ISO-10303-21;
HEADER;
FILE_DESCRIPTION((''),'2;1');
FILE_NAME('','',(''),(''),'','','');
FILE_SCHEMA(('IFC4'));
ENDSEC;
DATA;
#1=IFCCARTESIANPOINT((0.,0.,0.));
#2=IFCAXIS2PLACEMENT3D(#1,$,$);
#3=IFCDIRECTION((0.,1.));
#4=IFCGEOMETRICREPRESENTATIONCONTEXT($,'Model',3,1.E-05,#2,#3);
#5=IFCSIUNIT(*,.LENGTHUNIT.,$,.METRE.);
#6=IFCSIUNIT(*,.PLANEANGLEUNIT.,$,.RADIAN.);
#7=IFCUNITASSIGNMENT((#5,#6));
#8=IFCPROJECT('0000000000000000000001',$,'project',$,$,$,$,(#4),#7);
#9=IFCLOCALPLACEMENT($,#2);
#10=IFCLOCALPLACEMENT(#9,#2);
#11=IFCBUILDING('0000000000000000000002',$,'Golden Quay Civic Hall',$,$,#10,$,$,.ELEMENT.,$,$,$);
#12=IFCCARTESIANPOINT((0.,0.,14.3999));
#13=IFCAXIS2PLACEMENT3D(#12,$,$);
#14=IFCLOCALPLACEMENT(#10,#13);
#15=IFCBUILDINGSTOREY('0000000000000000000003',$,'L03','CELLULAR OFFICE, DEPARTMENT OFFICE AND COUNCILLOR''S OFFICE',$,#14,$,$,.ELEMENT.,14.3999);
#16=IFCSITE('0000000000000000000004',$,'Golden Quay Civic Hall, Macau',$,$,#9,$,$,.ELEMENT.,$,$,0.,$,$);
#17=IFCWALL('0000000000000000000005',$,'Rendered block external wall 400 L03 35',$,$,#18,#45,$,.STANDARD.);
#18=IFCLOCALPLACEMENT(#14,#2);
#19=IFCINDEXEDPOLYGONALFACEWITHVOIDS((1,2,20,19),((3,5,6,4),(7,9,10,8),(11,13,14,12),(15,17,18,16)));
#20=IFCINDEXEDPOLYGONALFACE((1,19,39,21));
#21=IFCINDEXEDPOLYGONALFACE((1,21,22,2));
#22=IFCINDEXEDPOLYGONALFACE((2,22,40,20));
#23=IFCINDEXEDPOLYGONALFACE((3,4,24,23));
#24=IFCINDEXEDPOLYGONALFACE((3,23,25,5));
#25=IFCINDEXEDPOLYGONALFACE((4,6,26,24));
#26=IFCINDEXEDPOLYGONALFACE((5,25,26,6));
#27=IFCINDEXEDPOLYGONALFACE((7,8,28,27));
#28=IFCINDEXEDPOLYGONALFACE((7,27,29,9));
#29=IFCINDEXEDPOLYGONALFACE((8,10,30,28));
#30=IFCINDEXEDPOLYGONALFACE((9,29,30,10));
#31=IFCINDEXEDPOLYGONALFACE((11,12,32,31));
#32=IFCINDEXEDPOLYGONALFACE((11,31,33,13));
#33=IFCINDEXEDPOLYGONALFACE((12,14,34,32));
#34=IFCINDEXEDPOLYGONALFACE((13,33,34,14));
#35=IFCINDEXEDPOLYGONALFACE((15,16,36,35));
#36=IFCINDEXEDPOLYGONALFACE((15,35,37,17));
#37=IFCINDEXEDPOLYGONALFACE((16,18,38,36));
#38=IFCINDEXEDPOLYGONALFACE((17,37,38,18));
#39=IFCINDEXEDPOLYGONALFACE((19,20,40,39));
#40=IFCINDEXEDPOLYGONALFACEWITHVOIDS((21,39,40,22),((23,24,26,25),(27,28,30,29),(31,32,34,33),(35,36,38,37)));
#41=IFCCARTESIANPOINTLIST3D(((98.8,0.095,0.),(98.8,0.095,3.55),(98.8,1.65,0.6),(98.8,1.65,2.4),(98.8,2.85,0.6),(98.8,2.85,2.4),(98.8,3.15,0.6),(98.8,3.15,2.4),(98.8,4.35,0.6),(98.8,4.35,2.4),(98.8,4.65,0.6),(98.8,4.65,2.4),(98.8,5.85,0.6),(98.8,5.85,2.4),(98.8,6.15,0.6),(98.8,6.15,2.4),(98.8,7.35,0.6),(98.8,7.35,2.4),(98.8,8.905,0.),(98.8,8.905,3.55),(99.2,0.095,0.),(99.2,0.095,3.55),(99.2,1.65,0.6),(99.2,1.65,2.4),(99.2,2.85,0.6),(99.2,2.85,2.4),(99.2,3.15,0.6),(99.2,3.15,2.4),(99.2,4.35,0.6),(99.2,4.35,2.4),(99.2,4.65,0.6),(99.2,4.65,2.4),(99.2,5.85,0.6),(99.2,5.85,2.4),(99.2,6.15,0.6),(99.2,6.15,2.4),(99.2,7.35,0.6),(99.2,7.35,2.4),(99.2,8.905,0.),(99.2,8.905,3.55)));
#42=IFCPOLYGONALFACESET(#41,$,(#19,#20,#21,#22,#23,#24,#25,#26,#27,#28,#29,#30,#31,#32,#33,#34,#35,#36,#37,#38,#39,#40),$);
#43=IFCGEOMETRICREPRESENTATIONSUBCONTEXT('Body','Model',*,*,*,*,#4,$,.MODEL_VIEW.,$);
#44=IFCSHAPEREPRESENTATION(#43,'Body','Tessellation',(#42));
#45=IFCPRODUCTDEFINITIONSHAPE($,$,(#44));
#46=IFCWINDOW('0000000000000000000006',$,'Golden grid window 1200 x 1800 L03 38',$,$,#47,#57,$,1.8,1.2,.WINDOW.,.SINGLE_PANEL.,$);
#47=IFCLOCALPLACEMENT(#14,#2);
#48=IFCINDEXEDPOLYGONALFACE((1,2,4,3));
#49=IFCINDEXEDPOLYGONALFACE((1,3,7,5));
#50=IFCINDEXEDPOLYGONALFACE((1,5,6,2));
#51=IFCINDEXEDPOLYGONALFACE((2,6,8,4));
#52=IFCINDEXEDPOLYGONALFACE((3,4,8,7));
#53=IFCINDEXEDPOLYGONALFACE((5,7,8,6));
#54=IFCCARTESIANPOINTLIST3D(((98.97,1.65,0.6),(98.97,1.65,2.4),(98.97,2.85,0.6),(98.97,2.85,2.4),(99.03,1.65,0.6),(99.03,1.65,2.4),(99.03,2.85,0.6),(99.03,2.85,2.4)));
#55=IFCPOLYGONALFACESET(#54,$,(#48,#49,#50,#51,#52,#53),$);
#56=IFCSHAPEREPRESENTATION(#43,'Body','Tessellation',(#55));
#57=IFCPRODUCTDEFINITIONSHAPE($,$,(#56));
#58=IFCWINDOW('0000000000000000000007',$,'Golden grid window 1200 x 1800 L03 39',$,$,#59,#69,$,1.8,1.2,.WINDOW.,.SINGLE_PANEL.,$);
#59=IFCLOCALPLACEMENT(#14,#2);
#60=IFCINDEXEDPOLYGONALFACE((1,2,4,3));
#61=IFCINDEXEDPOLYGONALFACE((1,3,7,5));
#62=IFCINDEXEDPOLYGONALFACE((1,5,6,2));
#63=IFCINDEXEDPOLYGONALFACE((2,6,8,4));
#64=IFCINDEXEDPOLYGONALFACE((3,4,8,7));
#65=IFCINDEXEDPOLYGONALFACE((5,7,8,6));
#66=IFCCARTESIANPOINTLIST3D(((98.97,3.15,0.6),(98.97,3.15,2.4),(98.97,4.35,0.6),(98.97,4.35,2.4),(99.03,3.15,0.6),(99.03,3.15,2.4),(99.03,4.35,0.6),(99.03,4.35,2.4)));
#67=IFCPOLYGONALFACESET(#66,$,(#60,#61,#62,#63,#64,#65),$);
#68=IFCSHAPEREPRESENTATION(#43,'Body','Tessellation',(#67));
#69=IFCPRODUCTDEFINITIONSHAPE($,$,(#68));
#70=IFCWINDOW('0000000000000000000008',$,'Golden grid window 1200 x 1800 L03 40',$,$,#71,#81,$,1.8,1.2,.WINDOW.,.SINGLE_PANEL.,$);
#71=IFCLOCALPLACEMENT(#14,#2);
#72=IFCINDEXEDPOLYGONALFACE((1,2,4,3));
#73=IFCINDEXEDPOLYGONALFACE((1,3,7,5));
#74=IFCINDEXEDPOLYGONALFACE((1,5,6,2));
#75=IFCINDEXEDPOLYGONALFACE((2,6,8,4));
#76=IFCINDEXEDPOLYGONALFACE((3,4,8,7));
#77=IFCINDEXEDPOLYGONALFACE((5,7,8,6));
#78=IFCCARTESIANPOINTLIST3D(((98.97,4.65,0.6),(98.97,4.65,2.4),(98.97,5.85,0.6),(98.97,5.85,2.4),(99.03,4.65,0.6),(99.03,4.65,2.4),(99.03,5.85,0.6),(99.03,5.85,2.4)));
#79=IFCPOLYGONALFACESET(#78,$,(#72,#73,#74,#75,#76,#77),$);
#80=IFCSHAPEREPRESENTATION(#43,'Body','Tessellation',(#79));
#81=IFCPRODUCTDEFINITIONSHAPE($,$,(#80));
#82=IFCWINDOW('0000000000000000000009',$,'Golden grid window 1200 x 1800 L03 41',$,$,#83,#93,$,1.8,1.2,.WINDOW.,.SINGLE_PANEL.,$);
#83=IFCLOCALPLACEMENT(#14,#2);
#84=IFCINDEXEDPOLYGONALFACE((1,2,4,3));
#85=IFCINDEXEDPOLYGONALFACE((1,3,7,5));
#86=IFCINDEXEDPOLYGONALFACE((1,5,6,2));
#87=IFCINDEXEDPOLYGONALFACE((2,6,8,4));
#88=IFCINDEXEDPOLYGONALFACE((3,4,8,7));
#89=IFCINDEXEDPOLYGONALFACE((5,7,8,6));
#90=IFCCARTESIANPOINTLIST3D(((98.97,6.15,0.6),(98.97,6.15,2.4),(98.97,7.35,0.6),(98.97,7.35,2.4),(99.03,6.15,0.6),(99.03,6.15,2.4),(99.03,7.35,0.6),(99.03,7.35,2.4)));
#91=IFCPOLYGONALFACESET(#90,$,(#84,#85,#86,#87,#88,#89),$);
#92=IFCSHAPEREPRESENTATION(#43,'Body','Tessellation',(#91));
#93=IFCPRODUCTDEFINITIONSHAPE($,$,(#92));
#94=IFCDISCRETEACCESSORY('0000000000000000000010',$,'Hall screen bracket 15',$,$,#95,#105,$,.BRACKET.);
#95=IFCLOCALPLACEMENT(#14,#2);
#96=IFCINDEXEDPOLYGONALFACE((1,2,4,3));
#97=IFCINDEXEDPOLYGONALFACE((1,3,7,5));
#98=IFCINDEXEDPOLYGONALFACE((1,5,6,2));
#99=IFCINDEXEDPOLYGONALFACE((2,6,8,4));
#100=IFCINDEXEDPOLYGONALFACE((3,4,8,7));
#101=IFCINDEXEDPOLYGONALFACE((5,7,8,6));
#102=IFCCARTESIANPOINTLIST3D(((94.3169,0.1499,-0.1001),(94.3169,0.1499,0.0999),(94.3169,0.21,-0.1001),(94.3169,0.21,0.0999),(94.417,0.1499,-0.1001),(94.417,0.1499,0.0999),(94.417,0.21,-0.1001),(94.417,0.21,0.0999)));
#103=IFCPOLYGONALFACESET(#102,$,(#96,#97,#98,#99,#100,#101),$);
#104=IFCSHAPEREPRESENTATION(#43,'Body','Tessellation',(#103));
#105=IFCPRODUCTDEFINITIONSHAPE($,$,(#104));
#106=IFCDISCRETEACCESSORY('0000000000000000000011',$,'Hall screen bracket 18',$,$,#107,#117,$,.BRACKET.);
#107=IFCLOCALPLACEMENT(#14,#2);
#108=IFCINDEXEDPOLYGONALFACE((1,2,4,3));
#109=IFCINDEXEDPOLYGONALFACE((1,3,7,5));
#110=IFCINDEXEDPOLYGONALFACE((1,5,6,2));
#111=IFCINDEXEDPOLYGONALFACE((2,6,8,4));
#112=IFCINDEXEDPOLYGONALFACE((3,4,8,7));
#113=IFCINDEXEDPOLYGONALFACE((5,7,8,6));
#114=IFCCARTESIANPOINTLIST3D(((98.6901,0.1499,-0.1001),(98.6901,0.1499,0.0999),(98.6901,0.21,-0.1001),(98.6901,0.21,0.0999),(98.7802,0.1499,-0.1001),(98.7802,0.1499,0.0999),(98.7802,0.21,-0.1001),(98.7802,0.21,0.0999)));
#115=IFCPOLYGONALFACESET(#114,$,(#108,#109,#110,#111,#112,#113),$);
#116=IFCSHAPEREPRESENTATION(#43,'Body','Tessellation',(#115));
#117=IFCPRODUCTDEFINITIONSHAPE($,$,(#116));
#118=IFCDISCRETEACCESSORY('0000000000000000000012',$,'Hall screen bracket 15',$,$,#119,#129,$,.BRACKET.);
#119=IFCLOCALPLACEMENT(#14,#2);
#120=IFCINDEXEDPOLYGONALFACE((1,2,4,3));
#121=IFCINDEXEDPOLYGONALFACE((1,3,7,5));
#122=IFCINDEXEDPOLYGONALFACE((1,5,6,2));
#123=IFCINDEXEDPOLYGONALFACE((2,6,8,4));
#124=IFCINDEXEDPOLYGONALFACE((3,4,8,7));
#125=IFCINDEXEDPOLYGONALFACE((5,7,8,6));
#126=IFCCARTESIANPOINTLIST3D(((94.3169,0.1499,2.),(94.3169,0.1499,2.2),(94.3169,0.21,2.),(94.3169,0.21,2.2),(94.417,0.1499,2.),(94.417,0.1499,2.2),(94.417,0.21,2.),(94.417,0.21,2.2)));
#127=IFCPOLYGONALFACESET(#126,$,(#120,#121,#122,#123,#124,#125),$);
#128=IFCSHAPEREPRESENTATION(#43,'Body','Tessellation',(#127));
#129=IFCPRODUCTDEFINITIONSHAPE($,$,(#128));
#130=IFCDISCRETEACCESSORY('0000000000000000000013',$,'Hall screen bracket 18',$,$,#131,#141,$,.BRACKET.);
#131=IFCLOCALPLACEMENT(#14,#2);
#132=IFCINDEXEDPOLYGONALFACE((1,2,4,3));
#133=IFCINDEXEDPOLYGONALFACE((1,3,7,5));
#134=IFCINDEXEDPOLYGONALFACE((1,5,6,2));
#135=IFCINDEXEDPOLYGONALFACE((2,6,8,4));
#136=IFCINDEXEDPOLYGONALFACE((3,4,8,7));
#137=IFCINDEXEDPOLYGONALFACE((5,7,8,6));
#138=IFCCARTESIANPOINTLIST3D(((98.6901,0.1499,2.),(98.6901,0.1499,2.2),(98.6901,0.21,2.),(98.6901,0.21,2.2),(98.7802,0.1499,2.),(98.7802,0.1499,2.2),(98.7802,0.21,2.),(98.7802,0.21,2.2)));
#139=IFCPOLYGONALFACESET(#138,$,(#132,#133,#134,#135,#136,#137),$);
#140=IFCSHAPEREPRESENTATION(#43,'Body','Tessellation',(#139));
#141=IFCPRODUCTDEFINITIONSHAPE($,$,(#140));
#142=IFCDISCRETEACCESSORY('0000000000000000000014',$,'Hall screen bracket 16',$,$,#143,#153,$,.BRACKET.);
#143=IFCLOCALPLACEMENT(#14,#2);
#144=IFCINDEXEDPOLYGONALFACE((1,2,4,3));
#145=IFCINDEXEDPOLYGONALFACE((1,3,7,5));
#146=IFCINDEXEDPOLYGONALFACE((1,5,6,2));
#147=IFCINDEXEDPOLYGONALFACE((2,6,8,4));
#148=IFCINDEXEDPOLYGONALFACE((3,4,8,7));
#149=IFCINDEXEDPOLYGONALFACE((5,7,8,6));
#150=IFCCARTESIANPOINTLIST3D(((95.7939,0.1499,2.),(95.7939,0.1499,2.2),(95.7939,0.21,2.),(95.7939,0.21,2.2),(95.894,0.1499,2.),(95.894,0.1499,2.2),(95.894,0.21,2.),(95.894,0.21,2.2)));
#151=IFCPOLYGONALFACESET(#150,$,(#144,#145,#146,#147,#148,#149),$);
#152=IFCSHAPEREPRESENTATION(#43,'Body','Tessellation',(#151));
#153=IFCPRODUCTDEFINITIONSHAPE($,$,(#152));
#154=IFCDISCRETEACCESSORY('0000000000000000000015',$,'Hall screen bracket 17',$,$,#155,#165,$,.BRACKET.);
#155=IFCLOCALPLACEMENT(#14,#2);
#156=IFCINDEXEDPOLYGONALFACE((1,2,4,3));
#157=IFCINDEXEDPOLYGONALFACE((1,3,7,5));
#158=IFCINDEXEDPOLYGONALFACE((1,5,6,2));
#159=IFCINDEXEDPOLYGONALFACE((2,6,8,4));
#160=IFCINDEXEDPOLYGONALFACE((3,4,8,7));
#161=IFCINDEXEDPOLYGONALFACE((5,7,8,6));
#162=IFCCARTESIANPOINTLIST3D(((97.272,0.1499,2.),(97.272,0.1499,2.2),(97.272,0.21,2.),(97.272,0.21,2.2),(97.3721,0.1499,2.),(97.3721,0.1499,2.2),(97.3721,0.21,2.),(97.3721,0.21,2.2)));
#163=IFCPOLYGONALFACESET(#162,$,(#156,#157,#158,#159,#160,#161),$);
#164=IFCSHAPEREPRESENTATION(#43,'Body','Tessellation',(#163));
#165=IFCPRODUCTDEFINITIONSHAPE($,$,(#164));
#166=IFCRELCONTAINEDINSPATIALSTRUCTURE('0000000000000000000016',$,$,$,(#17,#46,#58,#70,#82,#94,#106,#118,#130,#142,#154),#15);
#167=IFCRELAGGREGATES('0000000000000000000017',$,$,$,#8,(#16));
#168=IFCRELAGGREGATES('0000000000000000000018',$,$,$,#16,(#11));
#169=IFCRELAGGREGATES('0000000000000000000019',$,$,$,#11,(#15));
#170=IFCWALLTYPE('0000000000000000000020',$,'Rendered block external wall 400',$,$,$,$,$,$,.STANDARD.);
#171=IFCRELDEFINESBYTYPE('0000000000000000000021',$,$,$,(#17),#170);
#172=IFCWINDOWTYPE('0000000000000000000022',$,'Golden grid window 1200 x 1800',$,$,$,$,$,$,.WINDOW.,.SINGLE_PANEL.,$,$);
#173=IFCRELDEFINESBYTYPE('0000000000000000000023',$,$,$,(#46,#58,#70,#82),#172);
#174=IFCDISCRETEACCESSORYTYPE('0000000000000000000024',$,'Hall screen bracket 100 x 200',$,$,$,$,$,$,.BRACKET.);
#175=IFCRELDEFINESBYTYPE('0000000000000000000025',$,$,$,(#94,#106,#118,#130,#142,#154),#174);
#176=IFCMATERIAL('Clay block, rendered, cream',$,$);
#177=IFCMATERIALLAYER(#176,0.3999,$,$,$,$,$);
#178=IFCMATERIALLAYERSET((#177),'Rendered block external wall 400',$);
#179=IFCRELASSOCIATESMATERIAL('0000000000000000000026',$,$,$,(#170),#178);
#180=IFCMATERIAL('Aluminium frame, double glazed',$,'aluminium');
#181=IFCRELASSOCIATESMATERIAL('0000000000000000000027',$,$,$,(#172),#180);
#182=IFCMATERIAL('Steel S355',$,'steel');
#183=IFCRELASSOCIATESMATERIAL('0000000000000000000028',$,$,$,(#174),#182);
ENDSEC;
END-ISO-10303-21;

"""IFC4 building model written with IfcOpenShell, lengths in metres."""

from ifc_helpers import new_model, si_unit, direction, frame, frame_2d, origin, origin_2d, place, context, subcontext, project, spatial, rectangle, extrude, material, layer, layer_set, type_object, element, fill, save


model = new_model("IFC4")

# Units and contexts
model_context = context("Model", 3, precision=1e-05, world=origin(), true_north=direction((0.0, 1.0)))
body_context = subcontext(model_context, "Body", "Model", "MODEL_VIEW")
ifc_project = project(units=[si_unit("LENGTHUNIT", "METRE"), si_unit("PLANEANGLEUNIT", "RADIAN")], contexts=[model_context])

# Site, building, storey
site_placement = place(None, origin())
site = spatial("IfcSite", under=ifc_project, at=site_placement, Name="Golden Quay Civic Hall, Macau", CompositionType="ELEMENT", RefElevation=0.0)
building_placement = place(site_placement, origin())
building = spatial("IfcBuilding", under=site, at=building_placement, Name="Golden Quay Civic Hall", CompositionType="ELEMENT")
storey_placement = place(building_placement, frame((0.0, 0.0, 14.3999)))
storey = spatial("IfcBuildingStorey", under=building, at=storey_placement, Name="L03", Description="CELLULAR OFFICE, DEPARTMENT OFFICE AND COUNCILLOR'S OFFICE", CompositionType="ELEMENT", Elevation=14.3999)

# Wall, openings, windows
ifc_material_1 = material(Name="Clay block, rendered, cream")
ifc_layer_1 = layer(ifc_material_1, 0.3999)
ifc_layer_set_1 = layer_set([ifc_layer_1], Name="Rendered block external wall 400")
wall_type = type_object("IfcWallType", Name="Rendered block external wall 400", PredefinedType="STANDARD", material=ifc_layer_set_1)
wall_placement = place(storey_placement, frame((99.0, 0.095, 0.0), z_axis=(0.0, 0.0, 1.0), x_axis=(0.0, 1.0, 0.0)))
wall = element("IfcWall", 1, at=wall_placement, inside=storey, type_object=wall_type, Name="Rendered block external wall 400 L03 35", PredefinedType="STANDARD", context=body_context, shape_type="SweptSolid", body=[
    extrude(rectangle(XDim=8.8101, YDim=0.3999, at=frame_2d((4.405, 0.0))), origin(), (0.0, 0.0, 1.0), 3.55),
])
opening_1_placement = place(wall_placement, frame((1.5549, 0.0, 0.6001)))
opening_1 = element("IfcOpeningElement", 2, at=opening_1_placement, cuts=wall, PredefinedType="OPENING", context=body_context, shape_type="SweptSolid", body=[
    extrude(rectangle(XDim=1.2, YDim=1.8, at=frame_2d((0.6001, 0.8999))), frame((0.0, 0.21, 0.0), z_axis=(0.0, -1.0, 0.0), x_axis=(1.0, 0.0, 0.0)), (0.0, 0.0, 1.0), 0.4199),
])
opening_2_placement = place(wall_placement, frame((3.0549, 0.0, 0.6001)))
opening_2 = element("IfcOpeningElement", 3, at=opening_2_placement, cuts=wall, PredefinedType="OPENING", context=body_context, shape_type="SweptSolid", body=[
    extrude(rectangle(XDim=1.2, YDim=1.8, at=frame_2d((0.6001, 0.8999))), frame((0.0, 0.21, 0.0), z_axis=(0.0, -1.0, 0.0), x_axis=(1.0, 0.0, 0.0)), (0.0, 0.0, 1.0), 0.4199),
])
opening_3_placement = place(wall_placement, frame((4.5549, 0.0, 0.6001)))
opening_3 = element("IfcOpeningElement", 4, at=opening_3_placement, cuts=wall, PredefinedType="OPENING", context=body_context, shape_type="SweptSolid", body=[
    extrude(rectangle(XDim=1.2, YDim=1.8, at=frame_2d((0.6001, 0.8999))), frame((0.0, 0.21, 0.0), z_axis=(0.0, -1.0, 0.0), x_axis=(1.0, 0.0, 0.0)), (0.0, 0.0, 1.0), 0.4199),
])
opening_4_placement = place(wall_placement, frame((6.0549, 0.0, 0.6001)))
opening_4 = element("IfcOpeningElement", 5, at=opening_4_placement, cuts=wall, PredefinedType="OPENING", context=body_context, shape_type="SweptSolid", body=[
    extrude(rectangle(XDim=1.2, YDim=1.8, at=frame_2d((0.6001, 0.8999))), frame((0.0, 0.21, 0.0), z_axis=(0.0, -1.0, 0.0), x_axis=(1.0, 0.0, 0.0)), (0.0, 0.0, 1.0), 0.4199),
])
ifc_material_2 = material(Name="Aluminium frame, double glazed", Category="aluminium")
window_type = type_object("IfcWindowType", Name="Golden grid window 1200 x 1800", PartitioningType="SINGLE_PANEL", PredefinedType="WINDOW", material=ifc_material_2)
window_1_placement = place(opening_1_placement, origin())
window_1 = element("IfcWindow", 6, at=window_1_placement, inside=storey, type_object=window_type, Name="Golden grid window 1200 x 1800 L03 38", OverallHeight=1.8, OverallWidth=1.2, PartitioningType="SINGLE_PANEL", PredefinedType="WINDOW", context=body_context, shape_type="SweptSolid", body=[
    extrude(rectangle(XDim=1.2, YDim=1.8, at=frame_2d((0.6001, 0.8999))), frame((0.0, 0.03, 0.0), z_axis=(0.0, -1.0, 0.0), x_axis=(1.0, 0.0, 0.0)), (0.0, 0.0, 1.0), 0.0601),
])
fill(opening_1, window_1)
window_2_placement = place(opening_2_placement, origin())
window_2 = element("IfcWindow", 7, at=window_2_placement, inside=storey, type_object=window_type, Name="Golden grid window 1200 x 1800 L03 39", OverallHeight=1.8, OverallWidth=1.2, PartitioningType="SINGLE_PANEL", PredefinedType="WINDOW", context=body_context, shape_type="SweptSolid", body=[
    extrude(rectangle(XDim=1.2, YDim=1.8, at=frame_2d((0.6001, 0.8999))), frame((0.0, 0.03, 0.0), z_axis=(0.0, -1.0, 0.0), x_axis=(1.0, 0.0, 0.0)), (0.0, 0.0, 1.0), 0.0601),
])
fill(opening_2, window_2)
window_3_placement = place(opening_3_placement, origin())
window_3 = element("IfcWindow", 8, at=window_3_placement, inside=storey, type_object=window_type, Name="Golden grid window 1200 x 1800 L03 40", OverallHeight=1.8, OverallWidth=1.2, PartitioningType="SINGLE_PANEL", PredefinedType="WINDOW", context=body_context, shape_type="SweptSolid", body=[
    extrude(rectangle(XDim=1.2, YDim=1.8, at=frame_2d((0.6001, 0.8999))), frame((0.0, 0.03, 0.0), z_axis=(0.0, -1.0, 0.0), x_axis=(1.0, 0.0, 0.0)), (0.0, 0.0, 1.0), 0.0601),
])
fill(opening_3, window_3)
window_4_placement = place(opening_4_placement, origin())
window_4 = element("IfcWindow", 9, at=window_4_placement, inside=storey, type_object=window_type, Name="Golden grid window 1200 x 1800 L03 41", OverallHeight=1.8, OverallWidth=1.2, PartitioningType="SINGLE_PANEL", PredefinedType="WINDOW", context=body_context, shape_type="SweptSolid", body=[
    extrude(rectangle(XDim=1.2, YDim=1.8, at=frame_2d((0.6001, 0.8999))), frame((0.0, 0.03, 0.0), z_axis=(0.0, -1.0, 0.0), x_axis=(1.0, 0.0, 0.0)), (0.0, 0.0, 1.0), 0.0601),
])
fill(opening_4, window_4)

# Discrete accessories
ifc_material_3 = material(Name="Steel S355", Category="steel")
discrete_accessory_type = type_object("IfcDiscreteAccessoryType", Name="Hall screen bracket 100 x 200", PredefinedType="BRACKET", material=ifc_material_3)
discrete_accessory_1_placement = place(storey_placement, frame((94.3669, 0.1799, -0.1001), z_axis=(0.0, 0.0, 1.0), x_axis=(1.0, 0.0, 0.0)))
element("IfcDiscreteAccessory", 10, at=discrete_accessory_1_placement, inside=storey, type_object=discrete_accessory_type, Name="Hall screen bracket 15", PredefinedType="BRACKET", context=body_context, shape_type="SweptSolid", body=[
    extrude(rectangle(XDim=0.1001, YDim=0.0601, at=origin_2d()), origin(), (0.0, 0.0, 1.0), 0.2),
])
discrete_accessory_2_placement = place(storey_placement, frame((98.7351, 0.1799, -0.1001), z_axis=(0.0, 0.0, 1.0), x_axis=(1.0, 0.0, 0.0)))
element("IfcDiscreteAccessory", 11, at=discrete_accessory_2_placement, inside=storey, type_object=discrete_accessory_type, Name="Hall screen bracket 18", PredefinedType="BRACKET", context=body_context, shape_type="SweptSolid", body=[
    extrude(rectangle(XDim=0.0901, YDim=0.0601, at=origin_2d()), origin(), (0.0, 0.0, 1.0), 0.2),
])
discrete_accessory_3_placement = place(storey_placement, frame((94.3669, 0.1799, 2.0), z_axis=(0.0, 0.0, 1.0), x_axis=(1.0, 0.0, 0.0)))
element("IfcDiscreteAccessory", 12, at=discrete_accessory_3_placement, inside=storey, type_object=discrete_accessory_type, Name="Hall screen bracket 15", PredefinedType="BRACKET", context=body_context, shape_type="SweptSolid", body=[
    extrude(rectangle(XDim=0.1001, YDim=0.0601, at=origin_2d()), origin(), (0.0, 0.0, 1.0), 0.2),
])
discrete_accessory_4_placement = place(storey_placement, frame((98.7351, 0.1799, 2.0), z_axis=(0.0, 0.0, 1.0), x_axis=(1.0, 0.0, 0.0)))
element("IfcDiscreteAccessory", 13, at=discrete_accessory_4_placement, inside=storey, type_object=discrete_accessory_type, Name="Hall screen bracket 18", PredefinedType="BRACKET", context=body_context, shape_type="SweptSolid", body=[
    extrude(rectangle(XDim=0.0901, YDim=0.0601, at=origin_2d()), origin(), (0.0, 0.0, 1.0), 0.2),
])
for number, where, z_axis, x_axis, name in (
    (14, (95.844, 0.1799, 2.0), (0.0, 0.0, 1.0), (1.0, 0.0, 0.0), "Hall screen bracket 16"),
    (15, (97.322, 0.1799, 2.0), (0.0, 0.0, 1.0), (1.0, 0.0, 0.0), "Hall screen bracket 17"),
):
    element("IfcDiscreteAccessory", number, at=place(storey_placement, frame(where, z_axis=z_axis, x_axis=x_axis)), inside=storey, type_object=discrete_accessory_type, Name=name, PredefinedType="BRACKET", context=body_context, shape_type="SweptSolid", body=[
        extrude(rectangle(XDim=0.1001, YDim=0.0601, at=origin_2d()), origin(), (0.0, 0.0, 1.0), 0.2),
    ])

save(model, "model.ifc")
